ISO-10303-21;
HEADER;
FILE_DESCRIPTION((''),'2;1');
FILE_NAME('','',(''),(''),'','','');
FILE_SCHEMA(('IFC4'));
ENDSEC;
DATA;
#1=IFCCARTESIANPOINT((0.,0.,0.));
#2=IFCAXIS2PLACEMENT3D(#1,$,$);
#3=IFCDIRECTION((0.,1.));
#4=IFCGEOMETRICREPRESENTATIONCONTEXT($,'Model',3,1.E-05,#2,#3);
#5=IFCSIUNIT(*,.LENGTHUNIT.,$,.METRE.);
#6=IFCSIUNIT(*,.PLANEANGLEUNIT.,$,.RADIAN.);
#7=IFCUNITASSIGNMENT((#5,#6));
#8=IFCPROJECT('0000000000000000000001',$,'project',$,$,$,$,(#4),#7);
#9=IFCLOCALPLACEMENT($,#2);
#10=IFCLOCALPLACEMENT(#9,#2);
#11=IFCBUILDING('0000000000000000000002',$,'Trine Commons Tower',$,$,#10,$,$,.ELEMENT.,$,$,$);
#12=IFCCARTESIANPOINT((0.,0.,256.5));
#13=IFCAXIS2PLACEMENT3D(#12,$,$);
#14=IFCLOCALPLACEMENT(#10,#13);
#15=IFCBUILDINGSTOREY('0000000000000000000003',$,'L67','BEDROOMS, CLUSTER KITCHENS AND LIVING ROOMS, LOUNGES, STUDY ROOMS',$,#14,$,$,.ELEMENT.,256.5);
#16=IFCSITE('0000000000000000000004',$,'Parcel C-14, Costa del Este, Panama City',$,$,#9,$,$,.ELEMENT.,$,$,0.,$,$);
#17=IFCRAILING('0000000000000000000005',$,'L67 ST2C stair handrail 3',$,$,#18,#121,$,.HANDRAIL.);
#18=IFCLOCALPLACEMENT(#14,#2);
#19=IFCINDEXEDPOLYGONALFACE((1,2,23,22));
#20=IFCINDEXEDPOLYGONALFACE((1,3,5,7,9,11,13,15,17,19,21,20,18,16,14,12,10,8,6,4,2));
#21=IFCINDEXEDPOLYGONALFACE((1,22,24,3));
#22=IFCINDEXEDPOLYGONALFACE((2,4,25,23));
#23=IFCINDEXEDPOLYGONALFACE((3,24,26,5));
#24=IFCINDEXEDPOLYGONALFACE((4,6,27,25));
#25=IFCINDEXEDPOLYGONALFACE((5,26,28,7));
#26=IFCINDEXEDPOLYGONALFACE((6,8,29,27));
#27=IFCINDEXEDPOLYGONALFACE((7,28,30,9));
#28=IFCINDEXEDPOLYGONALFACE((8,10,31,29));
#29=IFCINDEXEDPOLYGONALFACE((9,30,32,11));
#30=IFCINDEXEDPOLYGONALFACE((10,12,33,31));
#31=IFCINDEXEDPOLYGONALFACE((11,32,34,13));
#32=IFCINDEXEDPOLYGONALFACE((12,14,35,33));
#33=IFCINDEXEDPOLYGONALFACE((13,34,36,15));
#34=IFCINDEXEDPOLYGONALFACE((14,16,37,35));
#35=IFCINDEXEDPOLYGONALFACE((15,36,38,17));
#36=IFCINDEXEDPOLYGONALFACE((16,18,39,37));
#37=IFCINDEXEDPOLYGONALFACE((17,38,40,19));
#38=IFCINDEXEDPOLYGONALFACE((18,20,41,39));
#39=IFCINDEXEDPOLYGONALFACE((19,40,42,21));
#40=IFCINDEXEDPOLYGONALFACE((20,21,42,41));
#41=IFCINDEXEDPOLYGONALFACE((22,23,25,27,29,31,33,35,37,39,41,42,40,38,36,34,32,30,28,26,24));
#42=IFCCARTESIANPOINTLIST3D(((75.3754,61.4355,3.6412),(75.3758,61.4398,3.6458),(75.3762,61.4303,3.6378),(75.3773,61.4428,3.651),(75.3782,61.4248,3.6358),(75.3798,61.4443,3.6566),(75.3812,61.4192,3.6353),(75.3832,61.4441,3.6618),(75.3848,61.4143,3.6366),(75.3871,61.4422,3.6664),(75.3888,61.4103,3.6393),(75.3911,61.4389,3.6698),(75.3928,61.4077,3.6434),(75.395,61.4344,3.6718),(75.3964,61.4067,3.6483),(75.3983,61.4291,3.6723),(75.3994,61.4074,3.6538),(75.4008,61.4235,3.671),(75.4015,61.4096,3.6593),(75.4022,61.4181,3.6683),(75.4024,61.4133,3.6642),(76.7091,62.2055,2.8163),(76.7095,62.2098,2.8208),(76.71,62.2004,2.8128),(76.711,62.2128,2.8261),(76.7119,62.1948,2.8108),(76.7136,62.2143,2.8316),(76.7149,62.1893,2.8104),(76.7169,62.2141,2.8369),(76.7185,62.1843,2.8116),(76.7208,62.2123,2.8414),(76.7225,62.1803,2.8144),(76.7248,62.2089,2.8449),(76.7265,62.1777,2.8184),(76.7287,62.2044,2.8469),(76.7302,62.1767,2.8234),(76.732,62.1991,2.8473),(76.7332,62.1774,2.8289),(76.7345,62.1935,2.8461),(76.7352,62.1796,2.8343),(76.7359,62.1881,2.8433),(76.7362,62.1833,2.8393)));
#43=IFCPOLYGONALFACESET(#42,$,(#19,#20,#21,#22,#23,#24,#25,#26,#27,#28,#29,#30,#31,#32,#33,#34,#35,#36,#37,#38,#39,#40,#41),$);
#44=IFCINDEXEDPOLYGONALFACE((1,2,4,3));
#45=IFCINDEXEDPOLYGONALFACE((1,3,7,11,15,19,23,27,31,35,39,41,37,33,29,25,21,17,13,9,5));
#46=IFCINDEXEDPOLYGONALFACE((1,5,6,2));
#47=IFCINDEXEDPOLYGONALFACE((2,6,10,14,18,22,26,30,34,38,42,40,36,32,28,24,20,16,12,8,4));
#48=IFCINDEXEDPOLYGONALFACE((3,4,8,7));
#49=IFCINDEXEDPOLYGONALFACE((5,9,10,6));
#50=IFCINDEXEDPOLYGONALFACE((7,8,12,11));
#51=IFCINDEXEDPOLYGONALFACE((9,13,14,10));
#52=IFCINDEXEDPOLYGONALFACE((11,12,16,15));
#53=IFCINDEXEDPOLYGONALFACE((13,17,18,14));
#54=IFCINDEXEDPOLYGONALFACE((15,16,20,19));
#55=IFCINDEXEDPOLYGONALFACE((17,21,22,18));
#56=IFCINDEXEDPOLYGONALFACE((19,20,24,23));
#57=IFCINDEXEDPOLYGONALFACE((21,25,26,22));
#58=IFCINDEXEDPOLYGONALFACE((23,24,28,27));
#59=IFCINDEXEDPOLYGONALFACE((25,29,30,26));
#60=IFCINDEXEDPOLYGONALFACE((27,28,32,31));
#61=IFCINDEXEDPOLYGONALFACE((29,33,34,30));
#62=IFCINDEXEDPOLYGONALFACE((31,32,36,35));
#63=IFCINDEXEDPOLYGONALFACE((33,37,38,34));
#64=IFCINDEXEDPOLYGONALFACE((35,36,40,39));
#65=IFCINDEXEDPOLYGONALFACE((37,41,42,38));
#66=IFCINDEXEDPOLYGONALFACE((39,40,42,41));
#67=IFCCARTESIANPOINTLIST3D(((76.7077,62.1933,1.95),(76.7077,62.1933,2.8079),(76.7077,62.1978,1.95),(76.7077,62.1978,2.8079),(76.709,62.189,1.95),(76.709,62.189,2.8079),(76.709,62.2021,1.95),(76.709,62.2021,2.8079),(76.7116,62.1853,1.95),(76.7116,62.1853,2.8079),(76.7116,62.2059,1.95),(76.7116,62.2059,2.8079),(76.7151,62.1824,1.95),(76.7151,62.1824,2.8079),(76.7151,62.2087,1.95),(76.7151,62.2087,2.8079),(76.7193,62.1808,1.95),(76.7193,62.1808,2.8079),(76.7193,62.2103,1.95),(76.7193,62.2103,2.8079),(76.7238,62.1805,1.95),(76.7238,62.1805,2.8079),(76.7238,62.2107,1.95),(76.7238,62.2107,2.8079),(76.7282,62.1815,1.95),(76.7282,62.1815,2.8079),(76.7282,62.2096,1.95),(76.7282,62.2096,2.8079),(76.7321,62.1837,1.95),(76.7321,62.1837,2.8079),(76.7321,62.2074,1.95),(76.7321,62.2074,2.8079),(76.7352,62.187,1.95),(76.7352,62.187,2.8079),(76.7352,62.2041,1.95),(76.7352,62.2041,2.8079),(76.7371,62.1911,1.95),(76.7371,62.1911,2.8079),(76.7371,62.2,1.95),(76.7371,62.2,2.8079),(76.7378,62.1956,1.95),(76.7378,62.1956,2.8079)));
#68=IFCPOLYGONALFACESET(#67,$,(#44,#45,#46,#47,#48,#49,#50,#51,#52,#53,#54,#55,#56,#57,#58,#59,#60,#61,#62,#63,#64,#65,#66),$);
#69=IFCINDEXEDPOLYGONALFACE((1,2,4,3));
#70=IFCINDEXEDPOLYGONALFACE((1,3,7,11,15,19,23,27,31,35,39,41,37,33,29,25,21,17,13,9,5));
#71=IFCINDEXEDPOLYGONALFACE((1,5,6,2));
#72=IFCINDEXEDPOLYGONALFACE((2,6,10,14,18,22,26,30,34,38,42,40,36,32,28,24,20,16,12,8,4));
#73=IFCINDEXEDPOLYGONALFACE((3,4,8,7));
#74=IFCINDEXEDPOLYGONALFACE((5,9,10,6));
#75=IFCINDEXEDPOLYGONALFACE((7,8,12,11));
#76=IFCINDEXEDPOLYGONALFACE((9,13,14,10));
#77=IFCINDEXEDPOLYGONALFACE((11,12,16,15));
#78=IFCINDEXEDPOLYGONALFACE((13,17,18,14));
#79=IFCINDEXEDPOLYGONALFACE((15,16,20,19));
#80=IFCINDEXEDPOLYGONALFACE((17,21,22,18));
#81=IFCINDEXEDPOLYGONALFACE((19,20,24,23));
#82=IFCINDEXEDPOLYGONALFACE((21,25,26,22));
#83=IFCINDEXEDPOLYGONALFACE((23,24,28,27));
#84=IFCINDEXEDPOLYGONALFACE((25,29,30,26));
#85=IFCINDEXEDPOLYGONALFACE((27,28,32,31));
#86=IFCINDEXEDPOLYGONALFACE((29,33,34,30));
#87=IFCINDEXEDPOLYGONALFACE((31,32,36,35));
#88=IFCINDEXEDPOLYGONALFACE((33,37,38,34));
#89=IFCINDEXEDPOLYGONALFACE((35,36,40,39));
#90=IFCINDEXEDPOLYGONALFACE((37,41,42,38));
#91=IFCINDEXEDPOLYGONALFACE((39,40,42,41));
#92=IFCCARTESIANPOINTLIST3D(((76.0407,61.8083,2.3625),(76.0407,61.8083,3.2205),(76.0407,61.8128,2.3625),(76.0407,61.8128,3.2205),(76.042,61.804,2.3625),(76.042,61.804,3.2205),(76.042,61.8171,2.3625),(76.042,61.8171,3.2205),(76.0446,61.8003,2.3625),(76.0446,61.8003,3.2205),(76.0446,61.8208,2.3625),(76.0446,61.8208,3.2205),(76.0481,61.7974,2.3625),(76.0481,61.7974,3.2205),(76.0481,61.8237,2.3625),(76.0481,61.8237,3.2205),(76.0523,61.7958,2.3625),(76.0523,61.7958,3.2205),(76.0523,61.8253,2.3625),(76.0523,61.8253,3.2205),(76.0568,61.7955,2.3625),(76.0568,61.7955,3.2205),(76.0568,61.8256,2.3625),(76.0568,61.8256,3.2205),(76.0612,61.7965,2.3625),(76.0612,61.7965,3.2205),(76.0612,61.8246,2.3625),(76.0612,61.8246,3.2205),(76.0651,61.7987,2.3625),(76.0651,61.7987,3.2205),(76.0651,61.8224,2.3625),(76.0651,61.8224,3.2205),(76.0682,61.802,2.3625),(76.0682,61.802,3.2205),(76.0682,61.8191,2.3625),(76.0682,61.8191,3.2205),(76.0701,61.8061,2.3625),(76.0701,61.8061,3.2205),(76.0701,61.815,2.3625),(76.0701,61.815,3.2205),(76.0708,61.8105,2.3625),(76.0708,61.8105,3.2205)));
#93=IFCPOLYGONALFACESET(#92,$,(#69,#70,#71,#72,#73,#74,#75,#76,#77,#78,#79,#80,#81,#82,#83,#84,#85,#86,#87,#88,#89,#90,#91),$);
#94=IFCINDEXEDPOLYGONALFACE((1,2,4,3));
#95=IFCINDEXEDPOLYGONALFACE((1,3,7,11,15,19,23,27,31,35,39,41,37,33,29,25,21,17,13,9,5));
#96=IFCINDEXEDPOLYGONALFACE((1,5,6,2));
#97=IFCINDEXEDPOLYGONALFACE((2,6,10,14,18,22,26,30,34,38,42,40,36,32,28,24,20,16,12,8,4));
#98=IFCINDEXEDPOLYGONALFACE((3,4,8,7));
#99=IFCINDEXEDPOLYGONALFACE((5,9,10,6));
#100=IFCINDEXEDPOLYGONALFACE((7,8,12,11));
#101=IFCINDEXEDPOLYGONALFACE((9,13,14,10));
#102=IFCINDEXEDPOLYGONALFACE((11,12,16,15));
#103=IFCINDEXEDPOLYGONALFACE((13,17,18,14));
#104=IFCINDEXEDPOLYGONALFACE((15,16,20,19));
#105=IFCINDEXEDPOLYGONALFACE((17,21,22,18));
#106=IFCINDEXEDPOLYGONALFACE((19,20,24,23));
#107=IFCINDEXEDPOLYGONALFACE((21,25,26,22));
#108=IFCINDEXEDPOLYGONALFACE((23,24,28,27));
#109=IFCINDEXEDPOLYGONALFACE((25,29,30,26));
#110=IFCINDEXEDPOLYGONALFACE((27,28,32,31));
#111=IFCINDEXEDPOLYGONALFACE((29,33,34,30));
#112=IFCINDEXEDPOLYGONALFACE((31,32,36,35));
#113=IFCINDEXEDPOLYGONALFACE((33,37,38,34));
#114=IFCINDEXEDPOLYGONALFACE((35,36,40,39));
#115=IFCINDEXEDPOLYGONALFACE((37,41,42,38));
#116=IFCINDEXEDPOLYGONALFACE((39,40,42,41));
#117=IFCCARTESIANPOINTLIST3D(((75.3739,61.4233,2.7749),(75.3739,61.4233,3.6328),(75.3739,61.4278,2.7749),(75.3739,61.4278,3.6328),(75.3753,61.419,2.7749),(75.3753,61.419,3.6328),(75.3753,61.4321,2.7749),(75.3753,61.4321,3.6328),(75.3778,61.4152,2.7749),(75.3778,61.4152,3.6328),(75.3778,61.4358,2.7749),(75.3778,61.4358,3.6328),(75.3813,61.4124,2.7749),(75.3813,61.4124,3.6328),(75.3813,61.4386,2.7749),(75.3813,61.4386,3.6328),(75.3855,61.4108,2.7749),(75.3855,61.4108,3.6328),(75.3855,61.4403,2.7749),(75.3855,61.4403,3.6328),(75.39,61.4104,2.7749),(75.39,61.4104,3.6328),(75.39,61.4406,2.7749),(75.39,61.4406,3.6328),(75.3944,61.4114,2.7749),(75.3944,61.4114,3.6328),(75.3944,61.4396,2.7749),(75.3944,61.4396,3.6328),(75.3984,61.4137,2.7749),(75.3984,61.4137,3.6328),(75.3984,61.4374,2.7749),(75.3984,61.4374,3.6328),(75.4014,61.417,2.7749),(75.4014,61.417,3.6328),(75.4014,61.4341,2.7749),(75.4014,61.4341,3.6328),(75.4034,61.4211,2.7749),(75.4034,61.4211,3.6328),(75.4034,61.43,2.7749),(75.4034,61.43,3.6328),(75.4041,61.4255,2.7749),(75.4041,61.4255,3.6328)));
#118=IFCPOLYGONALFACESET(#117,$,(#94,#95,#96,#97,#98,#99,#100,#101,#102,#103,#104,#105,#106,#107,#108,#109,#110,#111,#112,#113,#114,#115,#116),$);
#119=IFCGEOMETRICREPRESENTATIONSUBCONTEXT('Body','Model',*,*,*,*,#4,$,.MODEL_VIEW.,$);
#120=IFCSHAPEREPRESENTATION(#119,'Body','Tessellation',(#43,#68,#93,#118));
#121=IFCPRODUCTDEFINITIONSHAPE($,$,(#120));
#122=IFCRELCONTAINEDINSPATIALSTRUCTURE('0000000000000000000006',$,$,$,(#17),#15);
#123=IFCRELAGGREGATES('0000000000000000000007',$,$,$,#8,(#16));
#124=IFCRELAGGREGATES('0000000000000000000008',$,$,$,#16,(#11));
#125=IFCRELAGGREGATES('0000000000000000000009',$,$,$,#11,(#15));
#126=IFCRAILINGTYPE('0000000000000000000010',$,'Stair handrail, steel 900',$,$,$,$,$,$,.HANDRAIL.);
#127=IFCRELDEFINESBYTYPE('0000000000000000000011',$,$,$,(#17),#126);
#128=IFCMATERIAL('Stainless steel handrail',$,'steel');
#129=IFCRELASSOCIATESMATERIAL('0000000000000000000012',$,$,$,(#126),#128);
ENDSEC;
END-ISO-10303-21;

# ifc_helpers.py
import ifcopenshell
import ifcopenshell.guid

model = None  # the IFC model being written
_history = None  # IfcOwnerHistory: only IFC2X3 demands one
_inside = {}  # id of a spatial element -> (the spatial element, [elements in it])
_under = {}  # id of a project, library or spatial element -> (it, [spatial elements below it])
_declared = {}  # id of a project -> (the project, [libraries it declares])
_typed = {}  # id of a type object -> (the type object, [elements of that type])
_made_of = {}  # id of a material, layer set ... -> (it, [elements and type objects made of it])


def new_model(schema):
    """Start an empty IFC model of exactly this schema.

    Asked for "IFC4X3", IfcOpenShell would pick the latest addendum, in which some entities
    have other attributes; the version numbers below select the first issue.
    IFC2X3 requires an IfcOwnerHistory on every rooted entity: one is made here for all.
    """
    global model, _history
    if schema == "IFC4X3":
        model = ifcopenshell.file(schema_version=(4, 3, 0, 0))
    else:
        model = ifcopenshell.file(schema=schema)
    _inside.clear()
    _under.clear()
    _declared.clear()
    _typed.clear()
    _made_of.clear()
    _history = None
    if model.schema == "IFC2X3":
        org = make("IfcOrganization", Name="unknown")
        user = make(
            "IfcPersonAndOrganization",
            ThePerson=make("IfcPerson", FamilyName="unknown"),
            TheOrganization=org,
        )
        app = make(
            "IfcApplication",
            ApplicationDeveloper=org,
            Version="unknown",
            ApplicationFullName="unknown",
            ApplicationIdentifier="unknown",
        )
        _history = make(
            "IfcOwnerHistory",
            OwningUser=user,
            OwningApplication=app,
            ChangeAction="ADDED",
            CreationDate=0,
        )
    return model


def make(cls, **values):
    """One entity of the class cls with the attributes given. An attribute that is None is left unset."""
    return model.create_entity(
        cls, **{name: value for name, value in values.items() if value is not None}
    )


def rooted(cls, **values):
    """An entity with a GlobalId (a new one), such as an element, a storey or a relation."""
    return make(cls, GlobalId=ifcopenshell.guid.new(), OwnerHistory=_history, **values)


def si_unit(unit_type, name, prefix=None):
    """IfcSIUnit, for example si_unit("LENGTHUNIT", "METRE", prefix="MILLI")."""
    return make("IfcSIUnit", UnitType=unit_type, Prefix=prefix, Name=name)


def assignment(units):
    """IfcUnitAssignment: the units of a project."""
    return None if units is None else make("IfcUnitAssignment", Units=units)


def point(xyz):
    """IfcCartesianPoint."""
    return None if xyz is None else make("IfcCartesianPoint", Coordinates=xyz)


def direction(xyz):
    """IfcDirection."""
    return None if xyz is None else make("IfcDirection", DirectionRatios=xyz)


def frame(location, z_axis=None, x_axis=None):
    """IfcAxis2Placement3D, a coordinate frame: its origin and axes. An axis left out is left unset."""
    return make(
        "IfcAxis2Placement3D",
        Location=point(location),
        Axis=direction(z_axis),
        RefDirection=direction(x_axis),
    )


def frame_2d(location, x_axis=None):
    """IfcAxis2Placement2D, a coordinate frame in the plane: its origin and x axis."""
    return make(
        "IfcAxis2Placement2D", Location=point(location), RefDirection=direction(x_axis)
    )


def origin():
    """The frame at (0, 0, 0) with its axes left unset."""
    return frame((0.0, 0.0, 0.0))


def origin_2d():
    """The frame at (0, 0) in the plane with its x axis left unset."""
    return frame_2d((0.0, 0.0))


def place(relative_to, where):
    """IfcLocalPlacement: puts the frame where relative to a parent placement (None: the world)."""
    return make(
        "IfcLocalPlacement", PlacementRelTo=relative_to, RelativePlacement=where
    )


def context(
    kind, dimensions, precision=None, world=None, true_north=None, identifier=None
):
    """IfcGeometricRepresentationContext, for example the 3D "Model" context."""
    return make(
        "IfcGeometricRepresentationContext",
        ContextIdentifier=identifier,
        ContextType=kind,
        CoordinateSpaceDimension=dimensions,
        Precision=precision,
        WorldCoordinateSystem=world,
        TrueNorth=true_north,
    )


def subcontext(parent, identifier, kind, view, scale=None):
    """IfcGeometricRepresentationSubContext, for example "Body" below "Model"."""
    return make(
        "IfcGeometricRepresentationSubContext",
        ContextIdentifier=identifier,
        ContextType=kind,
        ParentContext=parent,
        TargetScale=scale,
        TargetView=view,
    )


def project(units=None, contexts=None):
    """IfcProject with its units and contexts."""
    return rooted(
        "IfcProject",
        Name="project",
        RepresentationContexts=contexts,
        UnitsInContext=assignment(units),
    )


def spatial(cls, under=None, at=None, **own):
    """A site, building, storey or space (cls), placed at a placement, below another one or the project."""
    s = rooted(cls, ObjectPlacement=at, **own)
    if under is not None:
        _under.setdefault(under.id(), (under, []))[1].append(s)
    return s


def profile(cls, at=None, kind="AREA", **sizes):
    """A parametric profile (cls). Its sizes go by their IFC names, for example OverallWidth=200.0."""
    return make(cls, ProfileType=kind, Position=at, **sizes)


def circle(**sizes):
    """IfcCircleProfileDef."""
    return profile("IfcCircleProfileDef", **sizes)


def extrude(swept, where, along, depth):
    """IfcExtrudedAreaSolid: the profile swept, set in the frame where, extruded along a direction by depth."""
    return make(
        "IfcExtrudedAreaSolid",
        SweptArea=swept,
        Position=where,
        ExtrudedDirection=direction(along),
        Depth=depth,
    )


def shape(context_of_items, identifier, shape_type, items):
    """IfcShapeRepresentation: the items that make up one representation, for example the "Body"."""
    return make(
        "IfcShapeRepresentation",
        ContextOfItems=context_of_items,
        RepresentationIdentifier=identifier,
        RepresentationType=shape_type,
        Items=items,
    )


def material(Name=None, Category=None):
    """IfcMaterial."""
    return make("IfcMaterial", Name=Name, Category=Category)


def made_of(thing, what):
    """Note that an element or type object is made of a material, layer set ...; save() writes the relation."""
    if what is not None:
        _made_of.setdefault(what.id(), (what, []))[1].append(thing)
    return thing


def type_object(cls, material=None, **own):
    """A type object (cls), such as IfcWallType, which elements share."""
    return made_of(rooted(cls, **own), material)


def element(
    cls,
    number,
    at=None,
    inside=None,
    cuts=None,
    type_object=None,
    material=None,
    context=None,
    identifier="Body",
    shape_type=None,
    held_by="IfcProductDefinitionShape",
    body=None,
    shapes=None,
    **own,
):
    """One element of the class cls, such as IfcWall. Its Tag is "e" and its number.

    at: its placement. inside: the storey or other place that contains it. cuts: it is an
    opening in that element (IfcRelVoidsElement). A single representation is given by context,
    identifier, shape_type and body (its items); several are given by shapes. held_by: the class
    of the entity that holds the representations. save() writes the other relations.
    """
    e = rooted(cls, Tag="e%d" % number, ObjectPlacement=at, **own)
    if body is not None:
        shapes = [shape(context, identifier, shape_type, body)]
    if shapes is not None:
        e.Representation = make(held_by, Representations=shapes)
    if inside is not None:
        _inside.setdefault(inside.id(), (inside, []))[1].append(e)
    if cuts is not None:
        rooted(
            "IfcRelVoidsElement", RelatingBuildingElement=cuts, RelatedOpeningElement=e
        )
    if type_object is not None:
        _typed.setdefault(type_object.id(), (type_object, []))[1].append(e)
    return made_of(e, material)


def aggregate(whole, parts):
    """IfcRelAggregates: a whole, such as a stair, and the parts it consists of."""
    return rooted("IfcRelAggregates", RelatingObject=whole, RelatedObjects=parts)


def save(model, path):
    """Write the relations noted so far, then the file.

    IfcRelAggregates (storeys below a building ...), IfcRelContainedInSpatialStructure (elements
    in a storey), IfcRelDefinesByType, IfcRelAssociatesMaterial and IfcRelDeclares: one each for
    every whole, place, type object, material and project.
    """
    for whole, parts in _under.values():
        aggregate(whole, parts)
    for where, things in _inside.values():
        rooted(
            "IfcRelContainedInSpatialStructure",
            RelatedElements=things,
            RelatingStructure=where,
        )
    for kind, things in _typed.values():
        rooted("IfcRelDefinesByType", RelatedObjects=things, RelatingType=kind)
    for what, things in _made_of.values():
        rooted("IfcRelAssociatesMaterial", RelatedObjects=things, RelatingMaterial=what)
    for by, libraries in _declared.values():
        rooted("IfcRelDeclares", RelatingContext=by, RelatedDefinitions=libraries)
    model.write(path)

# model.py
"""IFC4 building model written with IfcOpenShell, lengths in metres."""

from ifc_helpers import new_model, si_unit, direction, frame, origin, origin_2d, place, context, subcontext, project, spatial, circle, extrude, material, type_object, element, save


model = new_model("IFC4")

# Units and contexts
model_context = context("Model", 3, precision=1e-05, world=origin(), true_north=direction((0.0, 1.0)))
body_context = subcontext(model_context, "Body", "Model", "MODEL_VIEW")
ifc_project = project(units=[si_unit("LENGTHUNIT", "METRE"), si_unit("PLANEANGLEUNIT", "RADIAN")], contexts=[model_context])

# Site, building, storey
site_placement = place(None, origin())
site = spatial("IfcSite", under=ifc_project, at=site_placement, Name="Parcel C-14, Costa del Este, Panama City", CompositionType="ELEMENT", RefElevation=0.0)
building_placement = place(site_placement, origin())
building = spatial("IfcBuilding", under=site, at=building_placement, Name="Trine Commons Tower", CompositionType="ELEMENT")
storey_placement = place(building_placement, frame((0.0, 0.0, 256.5)))
storey = spatial("IfcBuildingStorey", under=building, at=storey_placement, Name="L67", Description="BEDROOMS, CLUSTER KITCHENS AND LIVING ROOMS, LOUNGES, STUDY ROOMS", CompositionType="ELEMENT", Elevation=256.5)

# Railing
ifc_material_1 = material(Name="Stainless steel handrail", Category="steel")
railing_type_1 = type_object("IfcRailingType", Name="Stair handrail, steel 900", PredefinedType="HANDRAIL", material=ifc_material_1)
railing_1_placement = place(storey_placement, frame((76.7227, 62.1956, 1.95)))
element("IfcRailing", 1, at=railing_1_placement, inside=storey, type_object=railing_type_1, Name="L67 ST2C stair handrail 3", PredefinedType="HANDRAIL", context=body_context, shape_type="SweptSolid", body=[
    extrude(circle(Radius=0.021, at=origin_2d()), frame((0.0, 0.0, 0.8789), z_axis=(-0.763405, -0.440743, 0.472185), x_axis=(0.499992, -0.86603, 0.0)), (0.0, 0.0, 1.0), 1.7471),
    extrude(circle(Radius=0.0151, at=origin_2d()), origin(), (0.0, 0.0, 1.0), 0.8579),
    extrude(circle(Radius=0.0151, at=origin_2d()), frame((-0.667, -0.385, 0.4126)), (0.0, 0.0, 1.0), 0.8579),
    extrude(circle(Radius=0.0151, at=origin_2d()), frame((-1.3337, -0.77, 0.825)), (0.0, 0.0, 1.0), 0.8579),
])

save(model, "model.ifc")
